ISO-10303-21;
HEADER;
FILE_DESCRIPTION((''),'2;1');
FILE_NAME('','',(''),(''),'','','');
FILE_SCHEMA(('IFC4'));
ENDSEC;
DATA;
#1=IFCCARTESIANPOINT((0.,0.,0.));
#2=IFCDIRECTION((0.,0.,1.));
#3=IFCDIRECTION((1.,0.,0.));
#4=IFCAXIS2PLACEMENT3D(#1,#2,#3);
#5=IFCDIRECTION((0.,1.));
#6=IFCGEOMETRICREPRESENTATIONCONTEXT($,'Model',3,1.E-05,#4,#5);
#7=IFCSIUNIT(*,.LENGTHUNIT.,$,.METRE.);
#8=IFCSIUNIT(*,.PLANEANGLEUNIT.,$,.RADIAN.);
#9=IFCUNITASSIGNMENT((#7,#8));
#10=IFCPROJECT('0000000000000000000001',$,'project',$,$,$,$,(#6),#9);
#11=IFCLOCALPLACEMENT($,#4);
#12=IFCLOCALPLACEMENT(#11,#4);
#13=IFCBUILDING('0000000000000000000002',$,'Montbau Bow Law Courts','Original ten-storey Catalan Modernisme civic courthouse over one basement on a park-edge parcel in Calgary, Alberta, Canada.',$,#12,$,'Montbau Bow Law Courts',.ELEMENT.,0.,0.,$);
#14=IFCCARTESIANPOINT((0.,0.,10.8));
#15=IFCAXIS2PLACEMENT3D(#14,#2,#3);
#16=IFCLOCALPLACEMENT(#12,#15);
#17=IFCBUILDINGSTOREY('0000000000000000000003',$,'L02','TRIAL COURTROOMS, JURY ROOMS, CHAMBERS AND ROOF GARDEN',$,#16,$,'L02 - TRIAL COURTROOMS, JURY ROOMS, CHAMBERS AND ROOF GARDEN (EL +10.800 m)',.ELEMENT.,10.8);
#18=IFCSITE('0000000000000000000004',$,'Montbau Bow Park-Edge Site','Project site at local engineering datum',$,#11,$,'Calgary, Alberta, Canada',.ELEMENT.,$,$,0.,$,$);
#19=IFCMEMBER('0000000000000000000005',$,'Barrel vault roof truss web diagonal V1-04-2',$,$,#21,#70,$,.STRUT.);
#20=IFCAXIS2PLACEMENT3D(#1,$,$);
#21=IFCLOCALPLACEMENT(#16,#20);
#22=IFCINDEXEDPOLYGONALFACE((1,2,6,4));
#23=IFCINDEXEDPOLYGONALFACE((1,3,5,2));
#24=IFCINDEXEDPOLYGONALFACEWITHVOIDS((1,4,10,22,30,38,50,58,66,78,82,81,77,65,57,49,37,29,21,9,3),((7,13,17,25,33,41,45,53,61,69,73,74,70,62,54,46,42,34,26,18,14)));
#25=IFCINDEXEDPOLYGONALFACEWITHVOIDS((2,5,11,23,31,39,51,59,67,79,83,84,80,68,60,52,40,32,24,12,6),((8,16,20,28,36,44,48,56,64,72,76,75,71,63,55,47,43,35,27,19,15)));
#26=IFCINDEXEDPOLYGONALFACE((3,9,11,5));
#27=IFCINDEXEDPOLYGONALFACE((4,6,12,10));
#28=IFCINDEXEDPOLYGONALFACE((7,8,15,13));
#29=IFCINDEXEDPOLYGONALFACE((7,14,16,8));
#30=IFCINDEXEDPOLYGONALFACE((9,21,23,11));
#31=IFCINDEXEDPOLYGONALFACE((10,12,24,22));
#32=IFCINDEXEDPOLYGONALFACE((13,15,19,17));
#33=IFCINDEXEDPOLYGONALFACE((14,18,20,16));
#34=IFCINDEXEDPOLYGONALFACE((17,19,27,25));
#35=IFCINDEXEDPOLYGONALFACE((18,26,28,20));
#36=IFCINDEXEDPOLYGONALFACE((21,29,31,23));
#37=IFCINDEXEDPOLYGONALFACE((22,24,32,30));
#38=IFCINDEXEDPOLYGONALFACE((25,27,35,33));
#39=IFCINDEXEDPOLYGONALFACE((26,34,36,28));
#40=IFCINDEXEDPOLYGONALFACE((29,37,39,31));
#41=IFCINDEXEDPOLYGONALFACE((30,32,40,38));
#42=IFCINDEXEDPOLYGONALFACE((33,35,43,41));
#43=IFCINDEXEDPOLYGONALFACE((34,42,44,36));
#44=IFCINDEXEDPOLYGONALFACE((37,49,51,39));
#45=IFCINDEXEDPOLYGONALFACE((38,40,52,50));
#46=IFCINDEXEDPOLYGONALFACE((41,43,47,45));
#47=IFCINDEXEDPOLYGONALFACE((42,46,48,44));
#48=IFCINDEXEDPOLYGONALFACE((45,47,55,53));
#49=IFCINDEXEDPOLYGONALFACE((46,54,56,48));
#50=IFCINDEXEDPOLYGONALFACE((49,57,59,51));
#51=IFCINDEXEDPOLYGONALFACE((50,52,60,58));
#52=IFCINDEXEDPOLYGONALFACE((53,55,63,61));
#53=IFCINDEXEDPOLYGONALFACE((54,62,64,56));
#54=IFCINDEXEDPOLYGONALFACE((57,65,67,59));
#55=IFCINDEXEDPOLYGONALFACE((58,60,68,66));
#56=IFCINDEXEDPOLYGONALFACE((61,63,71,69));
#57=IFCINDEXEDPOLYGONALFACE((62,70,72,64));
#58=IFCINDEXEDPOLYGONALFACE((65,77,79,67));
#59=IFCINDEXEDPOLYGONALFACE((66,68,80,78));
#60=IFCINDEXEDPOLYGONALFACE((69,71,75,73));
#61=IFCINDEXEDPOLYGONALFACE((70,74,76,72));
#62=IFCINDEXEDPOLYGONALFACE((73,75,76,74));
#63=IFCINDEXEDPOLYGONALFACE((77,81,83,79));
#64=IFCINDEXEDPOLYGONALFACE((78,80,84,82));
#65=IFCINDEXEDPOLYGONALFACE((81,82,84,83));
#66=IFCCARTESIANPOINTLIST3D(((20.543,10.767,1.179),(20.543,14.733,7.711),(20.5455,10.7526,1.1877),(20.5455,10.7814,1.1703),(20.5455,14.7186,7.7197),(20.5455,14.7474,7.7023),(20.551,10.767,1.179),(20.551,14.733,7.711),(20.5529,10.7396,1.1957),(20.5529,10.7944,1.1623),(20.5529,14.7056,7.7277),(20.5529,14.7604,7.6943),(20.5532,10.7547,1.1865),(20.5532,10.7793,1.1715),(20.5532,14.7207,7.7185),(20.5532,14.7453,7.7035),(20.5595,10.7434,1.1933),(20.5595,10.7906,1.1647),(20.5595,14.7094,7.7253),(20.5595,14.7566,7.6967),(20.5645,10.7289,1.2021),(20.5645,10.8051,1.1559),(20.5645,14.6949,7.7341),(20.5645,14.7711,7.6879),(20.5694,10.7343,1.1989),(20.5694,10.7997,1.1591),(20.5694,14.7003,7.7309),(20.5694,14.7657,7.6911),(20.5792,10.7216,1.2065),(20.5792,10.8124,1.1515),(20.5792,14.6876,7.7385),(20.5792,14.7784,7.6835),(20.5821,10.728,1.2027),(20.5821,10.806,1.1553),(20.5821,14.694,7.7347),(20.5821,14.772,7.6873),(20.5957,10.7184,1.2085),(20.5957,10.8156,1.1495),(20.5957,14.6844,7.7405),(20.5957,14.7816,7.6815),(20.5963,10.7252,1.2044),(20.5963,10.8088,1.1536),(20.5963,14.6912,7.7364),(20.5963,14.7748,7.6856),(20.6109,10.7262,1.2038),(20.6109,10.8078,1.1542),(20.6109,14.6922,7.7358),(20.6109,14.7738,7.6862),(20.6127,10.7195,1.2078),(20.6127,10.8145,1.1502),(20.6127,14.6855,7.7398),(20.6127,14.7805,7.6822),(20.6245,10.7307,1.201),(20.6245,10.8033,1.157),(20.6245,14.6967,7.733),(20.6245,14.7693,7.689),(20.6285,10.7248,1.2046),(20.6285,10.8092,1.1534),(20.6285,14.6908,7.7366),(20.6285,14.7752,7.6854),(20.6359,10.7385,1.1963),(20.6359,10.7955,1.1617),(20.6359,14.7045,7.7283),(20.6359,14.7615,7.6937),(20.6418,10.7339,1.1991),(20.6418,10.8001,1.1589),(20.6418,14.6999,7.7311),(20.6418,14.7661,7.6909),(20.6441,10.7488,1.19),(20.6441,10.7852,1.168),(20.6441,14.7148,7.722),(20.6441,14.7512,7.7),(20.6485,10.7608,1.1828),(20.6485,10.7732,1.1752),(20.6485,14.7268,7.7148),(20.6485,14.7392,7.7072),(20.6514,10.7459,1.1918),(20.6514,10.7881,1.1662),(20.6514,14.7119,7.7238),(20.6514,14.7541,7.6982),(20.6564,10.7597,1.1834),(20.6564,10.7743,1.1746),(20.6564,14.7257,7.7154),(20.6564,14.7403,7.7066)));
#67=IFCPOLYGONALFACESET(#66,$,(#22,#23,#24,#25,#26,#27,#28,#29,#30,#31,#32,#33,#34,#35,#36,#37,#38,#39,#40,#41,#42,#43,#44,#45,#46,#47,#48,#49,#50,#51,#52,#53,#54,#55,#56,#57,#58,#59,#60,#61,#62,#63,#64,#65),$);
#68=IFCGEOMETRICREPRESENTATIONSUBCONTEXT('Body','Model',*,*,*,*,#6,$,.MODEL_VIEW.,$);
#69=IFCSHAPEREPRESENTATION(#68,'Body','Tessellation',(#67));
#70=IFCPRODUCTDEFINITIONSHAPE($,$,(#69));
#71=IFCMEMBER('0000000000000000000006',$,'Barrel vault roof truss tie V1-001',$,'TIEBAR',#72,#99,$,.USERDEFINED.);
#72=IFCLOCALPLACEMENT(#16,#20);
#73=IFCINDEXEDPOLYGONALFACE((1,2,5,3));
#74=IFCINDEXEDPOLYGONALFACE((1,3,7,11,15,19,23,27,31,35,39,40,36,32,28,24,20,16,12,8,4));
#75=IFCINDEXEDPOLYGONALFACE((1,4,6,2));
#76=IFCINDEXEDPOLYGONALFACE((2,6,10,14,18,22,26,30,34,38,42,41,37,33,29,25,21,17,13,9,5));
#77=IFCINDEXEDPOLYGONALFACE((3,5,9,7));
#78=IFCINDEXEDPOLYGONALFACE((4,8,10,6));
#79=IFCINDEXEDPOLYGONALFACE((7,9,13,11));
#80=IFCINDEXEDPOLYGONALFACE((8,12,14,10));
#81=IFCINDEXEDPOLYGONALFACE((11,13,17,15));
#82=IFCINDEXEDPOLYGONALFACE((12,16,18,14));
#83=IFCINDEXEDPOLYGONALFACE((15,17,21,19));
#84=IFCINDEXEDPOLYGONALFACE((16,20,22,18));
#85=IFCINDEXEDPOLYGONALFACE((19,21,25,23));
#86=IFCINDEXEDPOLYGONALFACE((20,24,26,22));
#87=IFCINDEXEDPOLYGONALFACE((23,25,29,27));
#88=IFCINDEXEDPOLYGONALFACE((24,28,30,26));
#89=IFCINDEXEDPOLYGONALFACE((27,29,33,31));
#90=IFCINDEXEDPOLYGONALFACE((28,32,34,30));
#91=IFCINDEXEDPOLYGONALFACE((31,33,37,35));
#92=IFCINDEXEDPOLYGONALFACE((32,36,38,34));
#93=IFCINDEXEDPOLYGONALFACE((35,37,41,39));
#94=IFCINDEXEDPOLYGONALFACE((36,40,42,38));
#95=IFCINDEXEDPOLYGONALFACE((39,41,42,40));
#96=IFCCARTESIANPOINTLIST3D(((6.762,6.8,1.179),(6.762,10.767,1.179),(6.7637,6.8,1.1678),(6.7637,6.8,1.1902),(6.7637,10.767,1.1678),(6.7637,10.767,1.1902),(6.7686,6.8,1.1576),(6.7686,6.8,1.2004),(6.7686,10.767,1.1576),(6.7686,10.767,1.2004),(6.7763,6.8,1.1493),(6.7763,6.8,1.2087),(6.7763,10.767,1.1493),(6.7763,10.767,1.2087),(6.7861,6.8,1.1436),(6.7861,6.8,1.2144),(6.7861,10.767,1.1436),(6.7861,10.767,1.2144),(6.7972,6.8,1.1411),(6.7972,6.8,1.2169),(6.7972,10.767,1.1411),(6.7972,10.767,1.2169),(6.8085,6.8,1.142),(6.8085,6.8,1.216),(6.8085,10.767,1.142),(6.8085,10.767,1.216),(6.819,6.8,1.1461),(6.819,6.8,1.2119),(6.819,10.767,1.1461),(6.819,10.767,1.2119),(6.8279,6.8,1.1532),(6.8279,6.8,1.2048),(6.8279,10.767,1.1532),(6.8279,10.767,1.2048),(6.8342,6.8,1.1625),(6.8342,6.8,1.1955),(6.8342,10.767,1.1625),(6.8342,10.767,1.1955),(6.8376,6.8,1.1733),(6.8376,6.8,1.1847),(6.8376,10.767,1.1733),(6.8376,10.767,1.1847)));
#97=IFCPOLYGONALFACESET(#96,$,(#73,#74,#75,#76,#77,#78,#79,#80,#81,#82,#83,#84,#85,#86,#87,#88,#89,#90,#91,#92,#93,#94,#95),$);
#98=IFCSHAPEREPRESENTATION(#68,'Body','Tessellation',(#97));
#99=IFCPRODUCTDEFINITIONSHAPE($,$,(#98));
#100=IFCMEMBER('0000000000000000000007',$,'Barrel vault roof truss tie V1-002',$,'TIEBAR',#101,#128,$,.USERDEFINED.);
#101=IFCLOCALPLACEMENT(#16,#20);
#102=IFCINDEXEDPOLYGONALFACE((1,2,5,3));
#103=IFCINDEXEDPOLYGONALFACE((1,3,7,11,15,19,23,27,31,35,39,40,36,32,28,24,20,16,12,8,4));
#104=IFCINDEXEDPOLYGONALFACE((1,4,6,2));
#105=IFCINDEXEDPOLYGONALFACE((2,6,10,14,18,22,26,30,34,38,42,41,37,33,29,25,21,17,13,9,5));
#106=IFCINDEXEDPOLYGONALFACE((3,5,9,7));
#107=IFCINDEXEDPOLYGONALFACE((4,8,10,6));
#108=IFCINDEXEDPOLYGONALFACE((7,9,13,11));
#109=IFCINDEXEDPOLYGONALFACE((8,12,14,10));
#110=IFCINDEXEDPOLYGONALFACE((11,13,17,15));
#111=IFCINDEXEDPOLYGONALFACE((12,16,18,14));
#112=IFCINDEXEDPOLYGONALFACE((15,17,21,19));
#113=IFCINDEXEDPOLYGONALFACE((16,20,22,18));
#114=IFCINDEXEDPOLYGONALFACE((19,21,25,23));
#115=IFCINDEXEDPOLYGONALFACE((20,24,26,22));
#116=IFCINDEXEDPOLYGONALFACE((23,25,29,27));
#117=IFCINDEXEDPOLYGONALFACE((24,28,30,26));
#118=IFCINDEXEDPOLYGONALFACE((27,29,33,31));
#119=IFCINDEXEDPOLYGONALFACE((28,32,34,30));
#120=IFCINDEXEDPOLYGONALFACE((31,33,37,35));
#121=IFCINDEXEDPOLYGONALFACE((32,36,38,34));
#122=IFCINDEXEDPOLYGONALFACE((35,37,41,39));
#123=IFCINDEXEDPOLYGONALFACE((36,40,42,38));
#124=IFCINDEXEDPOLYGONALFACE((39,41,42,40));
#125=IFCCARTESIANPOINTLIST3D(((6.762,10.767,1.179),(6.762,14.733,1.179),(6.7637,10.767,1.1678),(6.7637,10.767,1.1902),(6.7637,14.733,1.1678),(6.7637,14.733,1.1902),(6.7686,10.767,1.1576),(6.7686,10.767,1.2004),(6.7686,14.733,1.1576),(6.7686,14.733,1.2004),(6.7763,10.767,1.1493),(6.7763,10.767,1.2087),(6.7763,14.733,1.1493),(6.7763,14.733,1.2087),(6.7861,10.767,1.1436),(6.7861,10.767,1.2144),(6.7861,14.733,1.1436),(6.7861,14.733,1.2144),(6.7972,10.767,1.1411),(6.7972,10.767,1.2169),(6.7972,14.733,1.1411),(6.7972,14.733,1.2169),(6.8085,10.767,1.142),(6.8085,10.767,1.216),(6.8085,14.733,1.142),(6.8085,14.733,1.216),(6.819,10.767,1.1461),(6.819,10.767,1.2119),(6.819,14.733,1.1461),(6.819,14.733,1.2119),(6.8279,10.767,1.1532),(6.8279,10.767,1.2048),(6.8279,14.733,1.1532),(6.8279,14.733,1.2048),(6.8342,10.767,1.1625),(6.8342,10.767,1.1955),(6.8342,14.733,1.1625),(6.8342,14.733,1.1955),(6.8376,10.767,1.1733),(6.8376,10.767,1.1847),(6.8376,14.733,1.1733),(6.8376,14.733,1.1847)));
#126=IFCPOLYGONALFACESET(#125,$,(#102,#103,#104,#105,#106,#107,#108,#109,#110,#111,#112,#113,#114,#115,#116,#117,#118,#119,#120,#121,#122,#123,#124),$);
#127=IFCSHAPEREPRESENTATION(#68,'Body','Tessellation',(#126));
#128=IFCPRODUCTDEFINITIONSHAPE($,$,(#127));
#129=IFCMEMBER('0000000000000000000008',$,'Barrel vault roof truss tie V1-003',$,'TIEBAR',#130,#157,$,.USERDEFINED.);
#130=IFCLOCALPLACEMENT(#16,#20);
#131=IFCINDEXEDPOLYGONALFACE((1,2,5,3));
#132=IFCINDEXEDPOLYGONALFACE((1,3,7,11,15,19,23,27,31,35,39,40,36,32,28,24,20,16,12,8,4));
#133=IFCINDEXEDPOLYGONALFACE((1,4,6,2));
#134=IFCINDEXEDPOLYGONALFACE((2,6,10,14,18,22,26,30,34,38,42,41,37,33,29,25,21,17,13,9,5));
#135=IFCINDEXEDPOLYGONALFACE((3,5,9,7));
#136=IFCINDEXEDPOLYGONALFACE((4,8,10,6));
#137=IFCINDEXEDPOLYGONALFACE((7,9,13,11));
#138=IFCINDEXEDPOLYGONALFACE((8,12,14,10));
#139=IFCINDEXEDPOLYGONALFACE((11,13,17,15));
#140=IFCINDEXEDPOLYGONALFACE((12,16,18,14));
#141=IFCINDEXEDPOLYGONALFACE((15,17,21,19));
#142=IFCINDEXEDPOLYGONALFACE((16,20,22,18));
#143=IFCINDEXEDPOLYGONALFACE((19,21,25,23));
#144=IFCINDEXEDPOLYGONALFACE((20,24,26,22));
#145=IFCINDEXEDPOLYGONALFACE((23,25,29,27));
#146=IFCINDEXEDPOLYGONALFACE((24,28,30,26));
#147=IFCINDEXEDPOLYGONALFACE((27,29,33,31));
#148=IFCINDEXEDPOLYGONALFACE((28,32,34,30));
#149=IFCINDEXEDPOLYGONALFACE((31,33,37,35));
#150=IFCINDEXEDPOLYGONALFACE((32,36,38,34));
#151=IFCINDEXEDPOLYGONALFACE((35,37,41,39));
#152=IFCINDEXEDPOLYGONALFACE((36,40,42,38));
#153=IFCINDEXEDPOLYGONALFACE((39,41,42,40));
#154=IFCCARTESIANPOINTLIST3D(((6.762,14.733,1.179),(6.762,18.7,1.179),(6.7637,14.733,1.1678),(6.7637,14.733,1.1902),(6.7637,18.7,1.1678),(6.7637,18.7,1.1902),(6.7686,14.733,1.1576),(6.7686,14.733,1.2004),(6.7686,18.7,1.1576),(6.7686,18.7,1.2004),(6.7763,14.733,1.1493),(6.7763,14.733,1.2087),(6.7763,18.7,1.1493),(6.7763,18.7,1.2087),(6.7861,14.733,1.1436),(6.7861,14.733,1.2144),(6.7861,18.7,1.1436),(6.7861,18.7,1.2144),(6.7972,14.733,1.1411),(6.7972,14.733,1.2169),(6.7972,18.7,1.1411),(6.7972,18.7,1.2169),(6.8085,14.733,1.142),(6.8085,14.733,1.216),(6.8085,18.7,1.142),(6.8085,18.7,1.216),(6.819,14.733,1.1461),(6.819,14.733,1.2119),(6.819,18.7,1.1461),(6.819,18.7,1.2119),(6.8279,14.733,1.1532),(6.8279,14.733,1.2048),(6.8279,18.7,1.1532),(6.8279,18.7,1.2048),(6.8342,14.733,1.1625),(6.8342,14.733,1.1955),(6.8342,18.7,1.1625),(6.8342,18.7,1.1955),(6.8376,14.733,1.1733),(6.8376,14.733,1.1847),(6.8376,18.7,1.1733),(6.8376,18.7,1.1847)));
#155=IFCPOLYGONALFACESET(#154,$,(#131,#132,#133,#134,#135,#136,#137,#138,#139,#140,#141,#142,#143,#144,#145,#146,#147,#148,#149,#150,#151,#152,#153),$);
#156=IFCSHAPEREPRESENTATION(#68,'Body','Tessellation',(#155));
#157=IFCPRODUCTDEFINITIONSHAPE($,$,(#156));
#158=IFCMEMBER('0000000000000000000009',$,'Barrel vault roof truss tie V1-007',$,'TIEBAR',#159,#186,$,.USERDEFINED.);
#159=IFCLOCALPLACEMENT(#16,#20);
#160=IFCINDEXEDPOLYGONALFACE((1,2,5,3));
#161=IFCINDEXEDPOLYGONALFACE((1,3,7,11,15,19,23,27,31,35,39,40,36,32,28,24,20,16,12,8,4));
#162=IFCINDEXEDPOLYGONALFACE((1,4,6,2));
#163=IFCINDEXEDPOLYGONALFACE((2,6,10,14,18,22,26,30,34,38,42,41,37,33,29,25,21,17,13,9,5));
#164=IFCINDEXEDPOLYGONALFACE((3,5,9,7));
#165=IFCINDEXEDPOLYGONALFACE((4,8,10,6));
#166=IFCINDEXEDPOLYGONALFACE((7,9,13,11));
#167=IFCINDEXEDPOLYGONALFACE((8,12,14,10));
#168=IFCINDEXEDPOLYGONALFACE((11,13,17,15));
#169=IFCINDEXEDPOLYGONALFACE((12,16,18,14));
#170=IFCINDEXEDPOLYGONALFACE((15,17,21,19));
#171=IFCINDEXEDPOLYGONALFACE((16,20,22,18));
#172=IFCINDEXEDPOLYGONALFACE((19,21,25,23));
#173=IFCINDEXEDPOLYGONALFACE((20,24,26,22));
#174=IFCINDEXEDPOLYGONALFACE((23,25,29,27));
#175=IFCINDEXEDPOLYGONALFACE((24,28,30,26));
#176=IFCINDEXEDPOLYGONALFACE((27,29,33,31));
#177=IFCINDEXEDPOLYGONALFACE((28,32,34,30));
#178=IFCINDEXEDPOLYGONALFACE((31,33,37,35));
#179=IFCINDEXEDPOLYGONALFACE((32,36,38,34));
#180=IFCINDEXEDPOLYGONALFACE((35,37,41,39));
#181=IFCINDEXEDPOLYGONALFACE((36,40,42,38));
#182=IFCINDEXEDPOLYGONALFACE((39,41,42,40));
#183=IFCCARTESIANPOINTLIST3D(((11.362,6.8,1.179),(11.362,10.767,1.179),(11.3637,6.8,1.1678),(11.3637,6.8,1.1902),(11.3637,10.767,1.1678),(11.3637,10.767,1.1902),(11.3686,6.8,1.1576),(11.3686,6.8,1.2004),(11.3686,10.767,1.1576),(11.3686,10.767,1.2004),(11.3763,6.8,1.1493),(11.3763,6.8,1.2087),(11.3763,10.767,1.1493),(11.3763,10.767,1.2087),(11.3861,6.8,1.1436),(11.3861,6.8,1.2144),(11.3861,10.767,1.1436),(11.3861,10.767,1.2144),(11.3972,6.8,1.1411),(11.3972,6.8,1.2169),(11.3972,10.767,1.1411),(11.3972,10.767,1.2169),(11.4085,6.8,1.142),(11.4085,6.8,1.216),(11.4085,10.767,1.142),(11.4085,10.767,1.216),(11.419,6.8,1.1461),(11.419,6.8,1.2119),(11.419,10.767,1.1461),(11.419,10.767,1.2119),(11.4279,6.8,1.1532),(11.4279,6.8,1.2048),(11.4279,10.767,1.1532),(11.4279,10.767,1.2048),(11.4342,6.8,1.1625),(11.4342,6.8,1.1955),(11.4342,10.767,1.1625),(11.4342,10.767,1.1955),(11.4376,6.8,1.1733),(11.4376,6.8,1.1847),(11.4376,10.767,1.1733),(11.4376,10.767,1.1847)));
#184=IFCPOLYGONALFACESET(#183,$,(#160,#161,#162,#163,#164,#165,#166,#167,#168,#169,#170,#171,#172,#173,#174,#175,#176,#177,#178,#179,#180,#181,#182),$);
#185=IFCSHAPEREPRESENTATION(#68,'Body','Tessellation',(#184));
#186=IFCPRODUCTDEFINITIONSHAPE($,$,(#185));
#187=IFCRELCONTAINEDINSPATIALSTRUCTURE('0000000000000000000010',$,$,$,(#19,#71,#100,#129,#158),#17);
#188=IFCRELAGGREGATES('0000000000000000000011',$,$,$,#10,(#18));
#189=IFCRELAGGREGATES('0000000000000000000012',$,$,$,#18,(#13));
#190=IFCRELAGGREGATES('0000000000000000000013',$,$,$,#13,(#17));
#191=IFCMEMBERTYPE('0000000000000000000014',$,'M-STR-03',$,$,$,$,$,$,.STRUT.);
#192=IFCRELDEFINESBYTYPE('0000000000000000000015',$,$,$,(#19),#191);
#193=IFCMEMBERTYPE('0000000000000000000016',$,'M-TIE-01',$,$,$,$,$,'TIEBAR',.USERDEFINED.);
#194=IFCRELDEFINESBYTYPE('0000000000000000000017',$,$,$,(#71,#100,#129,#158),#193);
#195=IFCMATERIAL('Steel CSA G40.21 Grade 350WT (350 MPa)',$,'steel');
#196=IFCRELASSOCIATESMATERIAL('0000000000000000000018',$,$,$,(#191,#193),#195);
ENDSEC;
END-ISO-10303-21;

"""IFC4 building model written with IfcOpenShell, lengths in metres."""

from ifc_helpers import new_model, si_unit, direction, frame, origin_with_axes, origin_2d_with_axis, place, context, subcontext, project, spatial, circle, hollow_circle, extrude, material, material_profile, profile_set, type_object, element, save


model = new_model("IFC4")

# Units and contexts
model_context = context("Model", 3, precision=1e-05, world=origin_with_axes(), true_north=direction((0.0, 1.0)))
body_context = subcontext(model_context, "Body", "Model", "MODEL_VIEW")
ifc_project = project(units=[si_unit("LENGTHUNIT", "METRE"), si_unit("PLANEANGLEUNIT", "RADIAN")], contexts=[model_context])

# Site, building, storey
site_placement = place(None, origin_with_axes())
site = spatial("IfcSite", under=ifc_project, at=site_placement, Name="Montbau Bow Park-Edge Site", Description="Project site at local engineering datum", LongName="Calgary, Alberta, Canada", CompositionType="ELEMENT", RefElevation=0.0)
building_placement = place(site_placement, origin_with_axes())
building = spatial("IfcBuilding", under=site, at=building_placement, Name="Montbau Bow Law Courts", Description="Original ten-storey Catalan Modernisme civic courthouse over one basement on a park-edge parcel in Calgary, Alberta, Canada.", LongName="Montbau Bow Law Courts", CompositionType="ELEMENT", ElevationOfRefHeight=0.0, ElevationOfTerrain=0.0)
storey_placement = place(building_placement, frame((0.0, 0.0, 10.8), z_axis=(0.0, 0.0, 1.0), x_axis=(1.0, 0.0, 0.0)))
storey = spatial("IfcBuildingStorey", under=building, at=storey_placement, Name="L02", Description="TRIAL COURTROOMS, JURY ROOMS, CHAMBERS AND ROOF GARDEN", LongName="L02 - TRIAL COURTROOMS, JURY ROOMS, CHAMBERS AND ROOF GARDEN (EL +10.800 m)", CompositionType="ELEMENT", Elevation=10.8)

# Members
ifc_material = material(Name="Steel CSA G40.21 Grade 350WT (350 MPa)", Category="steel")
ifc_material_profile_1 = material_profile(ifc_material, hollow_circle(Radius=0.057, WallThickness=0.008, at=origin_2d_with_axis()), Name="HSS114X8.0", Category="Main", Priority=0)
ifc_profile_set_1 = profile_set([ifc_material_profile_1], Name="Steel CSA G40.21 Grade 350WT (350 MPa)")
member_type_1 = type_object("IfcMemberType", Name="M-STR-03", PredefinedType="STRUT", material=ifc_profile_set_1)
member_1_placement = place(None, frame((20.6, 10.767, 11.979), z_axis=(0.0, 0.518992, 0.854779), x_axis=(-1.0, 0.0, 0.0)))
element("IfcMember", 1, at=member_1_placement, inside=storey, type_object=member_type_1, Name="Barrel vault roof truss web diagonal V1-04-2", PredefinedType="STRUT", context=body_context, shape_type="SweptSolid", body=[
    extrude(hollow_circle(Radius=0.057, WallThickness=0.008, at=origin_2d_with_axis()), origin_with_axes(), (0.0, 0.0, 1.0), 7.6417),
])
ifc_material_profile_2 = material_profile(ifc_material, circle(Radius=0.038, at=origin_2d_with_axis()), Name="ROD76", Category="Main", Priority=0)
ifc_profile_set_2 = profile_set([ifc_material_profile_2], Name="Steel CSA G40.21 Grade 350WT (350 MPa)")
member_type_2 = type_object("IfcMemberType", Name="M-TIE-01", ElementType="TIEBAR", PredefinedType="USERDEFINED", material=ifc_profile_set_2)
member_2_placement = place(None, frame((6.8, 6.8, 11.979), z_axis=(0.0, 1.0, 0.0), x_axis=(-1.0, 0.0, 0.0)))
element("IfcMember", 2, at=member_2_placement, inside=storey, type_object=member_type_2, Name="Barrel vault roof truss tie V1-001", ObjectType="TIEBAR", PredefinedType="USERDEFINED", context=body_context, shape_type="SweptSolid", body=[
    extrude(circle(Radius=0.038, at=origin_2d_with_axis()), origin_with_axes(), (0.0, 0.0, 1.0), 3.967),
])
member_3_placement = place(None, frame((6.8, 10.767, 11.979), z_axis=(0.0, 1.0, 0.0), x_axis=(-1.0, 0.0, 0.0)))
element("IfcMember", 3, at=member_3_placement, inside=storey, type_object=member_type_2, Name="Barrel vault roof truss tie V1-002", ObjectType="TIEBAR", PredefinedType="USERDEFINED", context=body_context, shape_type="SweptSolid", body=[
    extrude(circle(Radius=0.038, at=origin_2d_with_axis()), origin_with_axes(), (0.0, 0.0, 1.0), 3.966),
])
for number, where, z_axis, x_axis, name in (
    (4, (6.8, 14.733, 11.979), (0.0, 1.0, 0.0), (-1.0, 0.0, 0.0), "Barrel vault roof truss tie V1-003"),
    (5, (11.4, 6.8, 11.979), (0.0, 1.0, 0.0), (-1.0, 0.0, 0.0), "Barrel vault roof truss tie V1-007"),
):
    element("IfcMember", number, at=place(None, frame(where, z_axis=z_axis, x_axis=x_axis)), inside=storey, type_object=member_type_2, Name=name, ObjectType="TIEBAR", PredefinedType="USERDEFINED", context=body_context, shape_type="SweptSolid", body=[
        extrude(circle(Radius=0.038, at=origin_2d_with_axis()), origin_with_axes(), (0.0, 0.0, 1.0), 3.967),
    ])

save(model, "model.ifc")
